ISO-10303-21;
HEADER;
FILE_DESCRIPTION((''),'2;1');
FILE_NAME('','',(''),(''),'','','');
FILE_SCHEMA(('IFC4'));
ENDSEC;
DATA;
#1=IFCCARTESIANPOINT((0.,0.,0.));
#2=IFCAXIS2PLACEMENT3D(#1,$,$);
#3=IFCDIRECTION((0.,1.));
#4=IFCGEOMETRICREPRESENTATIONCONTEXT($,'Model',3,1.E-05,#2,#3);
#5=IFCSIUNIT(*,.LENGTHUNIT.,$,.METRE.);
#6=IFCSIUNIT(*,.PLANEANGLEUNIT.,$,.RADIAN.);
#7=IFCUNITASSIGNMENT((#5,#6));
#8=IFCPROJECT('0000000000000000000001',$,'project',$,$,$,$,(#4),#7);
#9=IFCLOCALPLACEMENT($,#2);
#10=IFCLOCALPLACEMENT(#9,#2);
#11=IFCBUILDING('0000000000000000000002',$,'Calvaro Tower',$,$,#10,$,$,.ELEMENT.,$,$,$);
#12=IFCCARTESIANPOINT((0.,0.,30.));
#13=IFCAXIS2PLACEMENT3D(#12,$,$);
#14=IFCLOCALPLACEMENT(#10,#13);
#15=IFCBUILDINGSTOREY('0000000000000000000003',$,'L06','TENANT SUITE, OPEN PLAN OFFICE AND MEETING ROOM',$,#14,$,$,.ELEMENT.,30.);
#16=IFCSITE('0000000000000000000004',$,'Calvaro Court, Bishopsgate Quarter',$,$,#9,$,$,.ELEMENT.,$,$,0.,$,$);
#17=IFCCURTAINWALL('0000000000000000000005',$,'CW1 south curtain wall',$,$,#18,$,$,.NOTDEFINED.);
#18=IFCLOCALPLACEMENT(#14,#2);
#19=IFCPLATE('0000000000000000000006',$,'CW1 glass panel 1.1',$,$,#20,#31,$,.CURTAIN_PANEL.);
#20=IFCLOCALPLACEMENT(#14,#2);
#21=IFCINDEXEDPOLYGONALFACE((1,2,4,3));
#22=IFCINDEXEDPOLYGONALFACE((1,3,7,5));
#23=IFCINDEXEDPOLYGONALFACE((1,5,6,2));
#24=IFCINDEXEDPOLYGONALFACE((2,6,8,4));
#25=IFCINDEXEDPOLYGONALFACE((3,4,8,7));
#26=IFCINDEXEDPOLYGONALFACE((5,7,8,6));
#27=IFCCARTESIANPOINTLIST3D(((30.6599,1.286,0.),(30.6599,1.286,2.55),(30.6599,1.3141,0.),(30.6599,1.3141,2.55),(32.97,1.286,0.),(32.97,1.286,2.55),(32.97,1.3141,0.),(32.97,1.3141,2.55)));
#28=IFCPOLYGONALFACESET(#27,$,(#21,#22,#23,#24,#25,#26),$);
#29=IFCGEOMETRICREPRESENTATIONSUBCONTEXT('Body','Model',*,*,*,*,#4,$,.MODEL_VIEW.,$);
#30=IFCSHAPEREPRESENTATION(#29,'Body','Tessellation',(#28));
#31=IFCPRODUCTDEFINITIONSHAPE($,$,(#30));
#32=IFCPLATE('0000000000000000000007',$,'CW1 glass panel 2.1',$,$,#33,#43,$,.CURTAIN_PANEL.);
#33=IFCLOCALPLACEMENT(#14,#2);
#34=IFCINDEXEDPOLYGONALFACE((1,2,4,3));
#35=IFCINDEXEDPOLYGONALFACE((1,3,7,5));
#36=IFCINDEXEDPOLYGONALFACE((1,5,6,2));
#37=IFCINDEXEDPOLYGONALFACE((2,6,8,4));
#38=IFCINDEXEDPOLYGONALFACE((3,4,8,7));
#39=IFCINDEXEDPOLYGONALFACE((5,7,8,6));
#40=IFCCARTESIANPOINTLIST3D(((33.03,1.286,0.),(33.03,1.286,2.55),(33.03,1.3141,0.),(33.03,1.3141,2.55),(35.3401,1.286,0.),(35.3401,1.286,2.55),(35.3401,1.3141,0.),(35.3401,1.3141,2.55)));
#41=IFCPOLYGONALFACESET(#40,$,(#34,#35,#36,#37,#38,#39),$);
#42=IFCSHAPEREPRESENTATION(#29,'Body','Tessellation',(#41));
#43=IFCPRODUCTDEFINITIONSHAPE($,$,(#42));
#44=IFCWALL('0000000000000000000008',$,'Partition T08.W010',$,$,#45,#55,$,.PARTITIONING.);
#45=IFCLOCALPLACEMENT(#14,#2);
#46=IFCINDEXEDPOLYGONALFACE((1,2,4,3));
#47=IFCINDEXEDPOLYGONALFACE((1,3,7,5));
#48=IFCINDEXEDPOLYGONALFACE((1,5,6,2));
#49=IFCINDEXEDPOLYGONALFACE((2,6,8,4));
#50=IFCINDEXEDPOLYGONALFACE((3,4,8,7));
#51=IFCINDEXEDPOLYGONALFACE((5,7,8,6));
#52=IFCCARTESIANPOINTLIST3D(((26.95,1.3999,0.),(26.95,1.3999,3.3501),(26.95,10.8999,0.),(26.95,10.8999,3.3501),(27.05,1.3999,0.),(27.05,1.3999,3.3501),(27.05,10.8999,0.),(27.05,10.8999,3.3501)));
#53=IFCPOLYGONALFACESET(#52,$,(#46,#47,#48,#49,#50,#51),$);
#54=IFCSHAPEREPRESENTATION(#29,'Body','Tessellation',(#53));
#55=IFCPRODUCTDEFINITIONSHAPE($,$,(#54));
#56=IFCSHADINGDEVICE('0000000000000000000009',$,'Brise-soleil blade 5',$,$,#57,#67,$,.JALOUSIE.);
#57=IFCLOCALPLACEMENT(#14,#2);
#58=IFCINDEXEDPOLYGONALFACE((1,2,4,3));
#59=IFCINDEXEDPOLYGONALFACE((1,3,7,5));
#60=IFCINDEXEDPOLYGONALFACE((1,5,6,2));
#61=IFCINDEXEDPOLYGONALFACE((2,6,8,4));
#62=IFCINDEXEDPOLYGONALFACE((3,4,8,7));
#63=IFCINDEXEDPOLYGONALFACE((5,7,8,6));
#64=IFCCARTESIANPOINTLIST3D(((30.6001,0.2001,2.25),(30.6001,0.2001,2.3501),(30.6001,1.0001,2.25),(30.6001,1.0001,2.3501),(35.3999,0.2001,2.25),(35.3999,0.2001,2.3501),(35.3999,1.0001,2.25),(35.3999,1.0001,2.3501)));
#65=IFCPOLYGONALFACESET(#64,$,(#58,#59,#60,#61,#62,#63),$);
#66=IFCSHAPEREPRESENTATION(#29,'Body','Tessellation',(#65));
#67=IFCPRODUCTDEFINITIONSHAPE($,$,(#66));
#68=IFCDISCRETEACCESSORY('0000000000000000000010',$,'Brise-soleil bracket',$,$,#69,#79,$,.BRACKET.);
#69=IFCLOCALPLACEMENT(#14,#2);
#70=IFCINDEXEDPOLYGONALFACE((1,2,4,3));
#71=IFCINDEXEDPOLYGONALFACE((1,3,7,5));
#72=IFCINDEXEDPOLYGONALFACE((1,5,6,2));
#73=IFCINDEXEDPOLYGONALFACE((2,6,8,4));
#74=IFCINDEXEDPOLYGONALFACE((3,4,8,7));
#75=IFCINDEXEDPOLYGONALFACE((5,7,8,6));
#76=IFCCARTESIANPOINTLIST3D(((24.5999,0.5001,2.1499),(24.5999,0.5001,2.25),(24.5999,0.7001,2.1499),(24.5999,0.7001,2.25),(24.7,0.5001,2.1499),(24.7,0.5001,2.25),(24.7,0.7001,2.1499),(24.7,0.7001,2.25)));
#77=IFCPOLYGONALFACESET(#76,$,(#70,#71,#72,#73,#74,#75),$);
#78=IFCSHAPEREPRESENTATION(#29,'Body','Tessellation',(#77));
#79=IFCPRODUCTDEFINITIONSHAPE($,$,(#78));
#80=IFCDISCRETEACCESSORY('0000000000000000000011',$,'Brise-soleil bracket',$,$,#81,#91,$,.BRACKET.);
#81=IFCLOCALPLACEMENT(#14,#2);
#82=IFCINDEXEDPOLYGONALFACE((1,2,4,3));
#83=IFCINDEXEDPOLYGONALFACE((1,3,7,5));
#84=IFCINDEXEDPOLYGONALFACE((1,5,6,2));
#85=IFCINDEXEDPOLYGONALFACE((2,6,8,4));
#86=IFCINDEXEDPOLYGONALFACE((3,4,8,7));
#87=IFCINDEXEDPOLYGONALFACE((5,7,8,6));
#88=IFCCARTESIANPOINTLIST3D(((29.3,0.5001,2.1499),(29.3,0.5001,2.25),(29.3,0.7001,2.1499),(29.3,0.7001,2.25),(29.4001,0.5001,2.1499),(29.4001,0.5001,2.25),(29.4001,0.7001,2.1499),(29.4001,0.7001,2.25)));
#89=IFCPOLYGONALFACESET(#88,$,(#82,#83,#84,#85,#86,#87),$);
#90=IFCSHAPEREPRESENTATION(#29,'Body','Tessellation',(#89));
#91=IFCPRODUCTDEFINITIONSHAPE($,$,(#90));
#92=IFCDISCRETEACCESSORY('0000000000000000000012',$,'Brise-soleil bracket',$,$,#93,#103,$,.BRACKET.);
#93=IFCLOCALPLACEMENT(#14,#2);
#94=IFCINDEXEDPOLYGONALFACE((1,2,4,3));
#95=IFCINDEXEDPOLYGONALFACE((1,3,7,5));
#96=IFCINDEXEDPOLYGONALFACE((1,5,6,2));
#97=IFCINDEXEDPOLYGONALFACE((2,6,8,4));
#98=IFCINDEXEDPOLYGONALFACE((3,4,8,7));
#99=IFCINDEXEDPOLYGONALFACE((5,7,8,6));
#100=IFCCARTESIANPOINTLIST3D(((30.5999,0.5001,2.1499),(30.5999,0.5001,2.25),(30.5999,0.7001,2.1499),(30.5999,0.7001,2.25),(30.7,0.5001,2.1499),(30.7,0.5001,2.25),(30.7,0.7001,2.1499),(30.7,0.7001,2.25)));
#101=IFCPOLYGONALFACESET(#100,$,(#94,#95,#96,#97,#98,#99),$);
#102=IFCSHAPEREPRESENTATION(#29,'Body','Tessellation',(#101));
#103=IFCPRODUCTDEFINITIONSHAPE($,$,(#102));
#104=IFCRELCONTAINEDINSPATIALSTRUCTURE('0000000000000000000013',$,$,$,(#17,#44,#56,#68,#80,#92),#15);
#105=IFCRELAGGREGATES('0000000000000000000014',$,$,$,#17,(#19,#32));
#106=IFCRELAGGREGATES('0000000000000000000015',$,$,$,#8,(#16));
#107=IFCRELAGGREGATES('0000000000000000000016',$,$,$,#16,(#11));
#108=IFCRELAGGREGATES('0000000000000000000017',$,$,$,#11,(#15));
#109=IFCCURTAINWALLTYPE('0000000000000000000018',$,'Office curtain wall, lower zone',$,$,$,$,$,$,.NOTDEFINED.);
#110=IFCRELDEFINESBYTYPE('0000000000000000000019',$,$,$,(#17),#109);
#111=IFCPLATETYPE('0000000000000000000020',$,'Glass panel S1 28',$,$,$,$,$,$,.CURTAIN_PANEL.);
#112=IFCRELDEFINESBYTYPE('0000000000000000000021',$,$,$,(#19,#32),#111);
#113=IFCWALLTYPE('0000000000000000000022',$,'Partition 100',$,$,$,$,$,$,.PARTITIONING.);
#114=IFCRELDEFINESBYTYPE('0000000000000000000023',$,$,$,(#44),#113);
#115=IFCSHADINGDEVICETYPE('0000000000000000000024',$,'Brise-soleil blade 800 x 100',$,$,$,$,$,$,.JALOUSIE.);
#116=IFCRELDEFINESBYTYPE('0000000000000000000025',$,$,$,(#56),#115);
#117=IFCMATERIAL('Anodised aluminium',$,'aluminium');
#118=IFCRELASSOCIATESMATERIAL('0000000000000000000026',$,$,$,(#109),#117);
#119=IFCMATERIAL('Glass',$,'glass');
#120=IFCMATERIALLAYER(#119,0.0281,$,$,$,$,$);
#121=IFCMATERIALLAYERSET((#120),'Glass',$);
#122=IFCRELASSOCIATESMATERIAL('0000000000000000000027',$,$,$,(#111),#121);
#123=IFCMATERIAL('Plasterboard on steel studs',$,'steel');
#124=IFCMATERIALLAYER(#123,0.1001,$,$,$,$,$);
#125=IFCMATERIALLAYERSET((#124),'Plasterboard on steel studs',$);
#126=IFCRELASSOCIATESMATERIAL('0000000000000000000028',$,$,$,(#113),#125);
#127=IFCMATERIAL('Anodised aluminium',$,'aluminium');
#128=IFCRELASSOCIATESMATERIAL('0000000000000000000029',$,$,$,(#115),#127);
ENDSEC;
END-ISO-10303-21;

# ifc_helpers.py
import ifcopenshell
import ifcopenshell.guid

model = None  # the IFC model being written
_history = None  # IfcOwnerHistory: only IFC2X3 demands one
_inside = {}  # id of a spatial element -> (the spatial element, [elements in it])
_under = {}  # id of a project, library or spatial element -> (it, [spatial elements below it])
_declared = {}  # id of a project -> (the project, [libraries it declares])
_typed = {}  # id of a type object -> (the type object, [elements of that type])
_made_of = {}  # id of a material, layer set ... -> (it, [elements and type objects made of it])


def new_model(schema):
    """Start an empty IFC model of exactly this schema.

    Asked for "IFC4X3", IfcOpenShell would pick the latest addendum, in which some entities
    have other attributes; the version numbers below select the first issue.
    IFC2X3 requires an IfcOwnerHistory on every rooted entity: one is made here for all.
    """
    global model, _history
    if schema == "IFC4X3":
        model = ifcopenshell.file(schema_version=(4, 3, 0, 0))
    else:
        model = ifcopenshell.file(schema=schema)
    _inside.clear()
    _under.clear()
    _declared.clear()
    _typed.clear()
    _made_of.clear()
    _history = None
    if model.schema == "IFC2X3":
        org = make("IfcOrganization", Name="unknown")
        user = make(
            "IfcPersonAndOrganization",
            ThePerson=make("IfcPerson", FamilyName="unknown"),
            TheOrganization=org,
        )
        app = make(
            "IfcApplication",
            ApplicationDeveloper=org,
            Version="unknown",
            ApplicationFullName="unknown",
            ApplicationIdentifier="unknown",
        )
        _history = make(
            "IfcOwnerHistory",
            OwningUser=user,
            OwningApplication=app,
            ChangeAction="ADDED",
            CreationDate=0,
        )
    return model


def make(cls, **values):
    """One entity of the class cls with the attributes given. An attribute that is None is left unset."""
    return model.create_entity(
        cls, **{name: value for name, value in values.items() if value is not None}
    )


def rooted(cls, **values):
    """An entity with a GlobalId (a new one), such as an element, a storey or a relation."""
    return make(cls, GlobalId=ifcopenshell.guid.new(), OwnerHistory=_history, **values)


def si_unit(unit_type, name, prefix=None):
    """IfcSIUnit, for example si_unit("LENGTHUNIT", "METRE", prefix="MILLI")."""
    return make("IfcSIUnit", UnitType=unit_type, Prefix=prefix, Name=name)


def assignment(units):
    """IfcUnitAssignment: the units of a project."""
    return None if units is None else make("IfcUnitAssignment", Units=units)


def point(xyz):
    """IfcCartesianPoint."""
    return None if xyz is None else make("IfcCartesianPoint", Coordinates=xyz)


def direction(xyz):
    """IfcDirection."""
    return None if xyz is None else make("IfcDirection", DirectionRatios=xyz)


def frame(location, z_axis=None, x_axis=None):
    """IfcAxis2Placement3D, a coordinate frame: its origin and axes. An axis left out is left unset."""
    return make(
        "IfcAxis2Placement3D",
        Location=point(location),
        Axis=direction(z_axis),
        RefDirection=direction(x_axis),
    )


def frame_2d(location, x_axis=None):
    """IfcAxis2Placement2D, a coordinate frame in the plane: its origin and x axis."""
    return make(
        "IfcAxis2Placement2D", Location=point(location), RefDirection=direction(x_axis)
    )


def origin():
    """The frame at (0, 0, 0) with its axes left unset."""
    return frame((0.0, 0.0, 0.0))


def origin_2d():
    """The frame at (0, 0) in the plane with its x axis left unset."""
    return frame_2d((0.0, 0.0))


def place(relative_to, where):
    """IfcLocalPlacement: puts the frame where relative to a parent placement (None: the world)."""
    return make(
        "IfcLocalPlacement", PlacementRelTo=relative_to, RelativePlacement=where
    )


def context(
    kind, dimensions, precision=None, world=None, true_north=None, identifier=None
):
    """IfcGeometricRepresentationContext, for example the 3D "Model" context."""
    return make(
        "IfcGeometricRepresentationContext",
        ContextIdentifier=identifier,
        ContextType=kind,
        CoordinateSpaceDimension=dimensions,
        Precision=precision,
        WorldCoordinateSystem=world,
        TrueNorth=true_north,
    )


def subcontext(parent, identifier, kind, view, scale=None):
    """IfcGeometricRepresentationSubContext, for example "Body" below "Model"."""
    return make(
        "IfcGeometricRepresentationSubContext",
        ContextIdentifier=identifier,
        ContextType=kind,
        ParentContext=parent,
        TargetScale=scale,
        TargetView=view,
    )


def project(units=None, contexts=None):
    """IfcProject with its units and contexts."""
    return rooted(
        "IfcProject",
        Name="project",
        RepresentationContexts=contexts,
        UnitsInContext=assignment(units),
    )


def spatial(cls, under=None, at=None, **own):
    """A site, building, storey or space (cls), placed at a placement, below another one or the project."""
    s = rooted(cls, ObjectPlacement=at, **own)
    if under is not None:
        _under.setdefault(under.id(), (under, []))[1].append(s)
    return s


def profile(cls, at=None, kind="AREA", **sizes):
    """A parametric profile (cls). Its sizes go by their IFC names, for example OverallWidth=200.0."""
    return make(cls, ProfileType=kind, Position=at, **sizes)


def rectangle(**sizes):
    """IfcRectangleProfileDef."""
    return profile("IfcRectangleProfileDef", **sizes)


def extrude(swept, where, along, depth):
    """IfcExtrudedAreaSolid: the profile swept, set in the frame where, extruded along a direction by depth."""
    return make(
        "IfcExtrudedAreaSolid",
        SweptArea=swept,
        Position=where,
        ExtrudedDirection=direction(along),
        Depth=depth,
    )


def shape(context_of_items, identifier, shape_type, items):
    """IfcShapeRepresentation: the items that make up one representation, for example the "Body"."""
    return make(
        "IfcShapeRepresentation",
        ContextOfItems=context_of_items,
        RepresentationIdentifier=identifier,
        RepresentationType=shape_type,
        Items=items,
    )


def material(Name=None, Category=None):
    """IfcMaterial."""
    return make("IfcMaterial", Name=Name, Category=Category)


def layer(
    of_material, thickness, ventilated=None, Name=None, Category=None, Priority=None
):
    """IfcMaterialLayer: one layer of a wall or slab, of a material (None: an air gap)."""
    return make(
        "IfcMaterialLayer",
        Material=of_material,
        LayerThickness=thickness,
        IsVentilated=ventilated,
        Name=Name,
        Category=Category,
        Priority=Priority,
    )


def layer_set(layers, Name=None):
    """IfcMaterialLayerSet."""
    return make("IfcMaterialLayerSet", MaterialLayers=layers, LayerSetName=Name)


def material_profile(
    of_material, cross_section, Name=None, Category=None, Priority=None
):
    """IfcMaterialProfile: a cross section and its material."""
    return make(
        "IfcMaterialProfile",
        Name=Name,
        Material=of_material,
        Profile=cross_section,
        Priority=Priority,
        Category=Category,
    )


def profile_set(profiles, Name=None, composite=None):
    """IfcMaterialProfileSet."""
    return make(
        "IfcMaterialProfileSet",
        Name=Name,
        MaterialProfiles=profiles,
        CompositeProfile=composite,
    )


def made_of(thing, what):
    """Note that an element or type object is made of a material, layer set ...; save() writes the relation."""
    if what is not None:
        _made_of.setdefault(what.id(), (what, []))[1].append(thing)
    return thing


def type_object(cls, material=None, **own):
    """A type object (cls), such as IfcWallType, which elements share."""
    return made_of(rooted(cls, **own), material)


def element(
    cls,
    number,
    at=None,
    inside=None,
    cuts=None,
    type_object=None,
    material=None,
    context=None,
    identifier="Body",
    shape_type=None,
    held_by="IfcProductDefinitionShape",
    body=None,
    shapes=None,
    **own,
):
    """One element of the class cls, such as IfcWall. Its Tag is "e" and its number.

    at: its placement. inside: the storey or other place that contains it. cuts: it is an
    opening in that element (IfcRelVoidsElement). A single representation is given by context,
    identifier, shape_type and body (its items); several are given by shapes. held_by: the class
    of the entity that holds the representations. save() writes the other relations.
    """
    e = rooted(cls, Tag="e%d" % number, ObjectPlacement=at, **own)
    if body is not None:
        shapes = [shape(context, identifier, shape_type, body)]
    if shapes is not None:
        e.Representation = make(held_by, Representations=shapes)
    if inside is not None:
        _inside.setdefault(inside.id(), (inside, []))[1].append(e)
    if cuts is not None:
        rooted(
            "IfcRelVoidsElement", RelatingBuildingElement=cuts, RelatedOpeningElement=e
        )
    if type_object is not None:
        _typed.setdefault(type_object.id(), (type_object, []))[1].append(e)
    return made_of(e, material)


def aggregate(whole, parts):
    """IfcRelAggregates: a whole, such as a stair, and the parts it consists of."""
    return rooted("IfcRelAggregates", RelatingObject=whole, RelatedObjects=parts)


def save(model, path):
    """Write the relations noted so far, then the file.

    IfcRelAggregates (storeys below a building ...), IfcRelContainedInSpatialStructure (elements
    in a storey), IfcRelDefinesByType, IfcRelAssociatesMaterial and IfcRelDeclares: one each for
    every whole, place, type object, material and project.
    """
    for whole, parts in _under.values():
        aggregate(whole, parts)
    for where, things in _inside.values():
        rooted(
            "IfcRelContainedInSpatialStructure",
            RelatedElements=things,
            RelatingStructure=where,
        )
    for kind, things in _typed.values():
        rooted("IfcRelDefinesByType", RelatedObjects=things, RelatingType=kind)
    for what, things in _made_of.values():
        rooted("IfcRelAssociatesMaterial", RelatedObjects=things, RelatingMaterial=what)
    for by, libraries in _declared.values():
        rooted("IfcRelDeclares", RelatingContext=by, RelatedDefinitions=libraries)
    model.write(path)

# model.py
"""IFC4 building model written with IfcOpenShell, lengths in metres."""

from ifc_helpers import new_model, si_unit, direction, frame, frame_2d, origin, origin_2d, place, context, subcontext, project, spatial, rectangle, extrude, material, layer, layer_set, material_profile, profile_set, type_object, element, aggregate, save


model = new_model("IFC4")

# Units and contexts
model_context = context("Model", 3, precision=1e-05, world=origin(), true_north=direction((0.0, 1.0)))
body_context = subcontext(model_context, "Body", "Model", "MODEL_VIEW")
ifc_project = project(units=[si_unit("LENGTHUNIT", "METRE"), si_unit("PLANEANGLEUNIT", "RADIAN")], contexts=[model_context])

# Site, building, storey
site_placement = place(None, origin())
site = spatial("IfcSite", under=ifc_project, at=site_placement, Name="Calvaro Court, Bishopsgate Quarter", CompositionType="ELEMENT", RefElevation=0.0)
building_placement = place(site_placement, origin())
building = spatial("IfcBuilding", under=site, at=building_placement, Name="Calvaro Tower", CompositionType="ELEMENT")
storey_placement = place(building_placement, frame((0.0, 0.0, 30.0)))
storey = spatial("IfcBuildingStorey", under=building, at=storey_placement, Name="L06", Description="TENANT SUITE, OPEN PLAN OFFICE AND MEETING ROOM", CompositionType="ELEMENT", Elevation=30.0)

# Curtain wall
ifc_material_1 = material(Name="Anodised aluminium", Category="aluminium")
curtain_wall_type = type_object("IfcCurtainWallType", Name="Office curtain wall, lower zone", PredefinedType="NOTDEFINED", material=ifc_material_1)
curtain_wall_1_placement = place(storey_placement, origin())
curtain_wall_1 = element("IfcCurtainWall", 1, at=curtain_wall_1_placement, inside=storey, type_object=curtain_wall_type, Name="CW1 south curtain wall", PredefinedType="NOTDEFINED")

# Plates
ifc_material_2 = material(Name="Glass", Category="glass")
ifc_layer_1 = layer(ifc_material_2, 0.0281)
ifc_layer_set_1 = layer_set([ifc_layer_1], Name="Glass")
plate_type = type_object("IfcPlateType", Name="Glass panel S1 28", PredefinedType="CURTAIN_PANEL", material=ifc_layer_set_1)
plate_1_placement = place(storey_placement, frame((31.8149, 1.3, 0.0), z_axis=(0.0, 0.0, 1.0), x_axis=(1.0, 0.0, 0.0)))
plate_1 = element("IfcPlate", 2, at=plate_1_placement, type_object=plate_type, Name="CW1 glass panel 1.1", PredefinedType="CURTAIN_PANEL", context=body_context, shape_type="SweptSolid", body=[
    extrude(rectangle(XDim=2.3101, YDim=0.0281, at=origin_2d()), origin(), (0.0, 0.0, 1.0), 2.55),
])
plate_2_placement = place(storey_placement, frame((34.1851, 1.3, 0.0), z_axis=(0.0, 0.0, 1.0), x_axis=(1.0, 0.0, 0.0)))
plate_2 = element("IfcPlate", 3, at=plate_2_placement, type_object=plate_type, Name="CW1 glass panel 2.1", PredefinedType="CURTAIN_PANEL", context=body_context, shape_type="SweptSolid", body=[
    extrude(rectangle(XDim=2.3101, YDim=0.0281, at=origin_2d()), origin(), (0.0, 0.0, 1.0), 2.55),
])
aggregate(curtain_wall_1, [plate_1, plate_2])

# Wall
ifc_material_3 = material(Name="Plasterboard on steel studs", Category="steel")
ifc_layer_2 = layer(ifc_material_3, 0.1001)
ifc_layer_set_2 = layer_set([ifc_layer_2], Name="Plasterboard on steel studs")
wall_type = type_object("IfcWallType", Name="Partition 100", PredefinedType="PARTITIONING", material=ifc_layer_set_2)
wall_placement = place(storey_placement, frame((27.0, 1.3999, 0.0), z_axis=(0.0, 0.0, 1.0), x_axis=(0.0, 1.0, 0.0)))
element("IfcWall", 4, at=wall_placement, inside=storey, type_object=wall_type, Name="Partition T08.W010", PredefinedType="PARTITIONING", context=body_context, shape_type="SweptSolid", body=[
    extrude(rectangle(XDim=9.5, YDim=0.1001, at=frame_2d((4.75, 0.0))), origin(), (0.0, 0.0, 1.0), 3.3501),
])

# Shading device
ifc_material_4 = material(Name="Anodised aluminium", Category="aluminium")
ifc_material_profile_1 = material_profile(ifc_material_4, rectangle(XDim=0.8, YDim=0.1001, at=origin_2d()), Name="Brise-soleil blade 800 x 100")
ifc_profile_set_1 = profile_set([ifc_material_profile_1], Name="Anodised aluminium")
shading_device_type = type_object("IfcShadingDeviceType", Name="Brise-soleil blade 800 x 100", PredefinedType="JALOUSIE", material=ifc_profile_set_1)
shading_device_placement = place(storey_placement, frame((30.6001, 0.6001, 2.3), z_axis=(1.0, 0.0, 0.0), x_axis=(0.0, 1.0, 0.0)))
element("IfcShadingDevice", 5, at=shading_device_placement, inside=storey, type_object=shading_device_type, Name="Brise-soleil blade 5", PredefinedType="JALOUSIE", context=body_context, shape_type="SweptSolid", body=[
    extrude(rectangle(XDim=0.8, YDim=0.1001, at=origin_2d()), origin(), (0.0, 0.0, 1.0), 4.7998),
])

# Discrete accessories
for number, where, z_axis, x_axis, name in (
    (6, (24.6499, 0.6001, 2.1499), (0.0, 0.0, 1.0), (1.0, 0.0, 0.0), "Brise-soleil bracket"),
    (7, (29.3501, 0.6001, 2.1499), (0.0, 0.0, 1.0), (1.0, 0.0, 0.0), "Brise-soleil bracket"),
    (8, (30.6499, 0.6001, 2.1499), (0.0, 0.0, 1.0), (1.0, 0.0, 0.0), "Brise-soleil bracket"),
):
    element("IfcDiscreteAccessory", number, at=place(storey_placement, frame(where, z_axis=z_axis, x_axis=x_axis)), inside=storey, Name=name, PredefinedType="BRACKET", context=body_context, shape_type="SweptSolid", body=[
        extrude(rectangle(XDim=0.1001, YDim=0.2, at=origin_2d()), origin(), (0.0, 0.0, 1.0), 0.1001),
    ])

save(model, "model.ifc")
